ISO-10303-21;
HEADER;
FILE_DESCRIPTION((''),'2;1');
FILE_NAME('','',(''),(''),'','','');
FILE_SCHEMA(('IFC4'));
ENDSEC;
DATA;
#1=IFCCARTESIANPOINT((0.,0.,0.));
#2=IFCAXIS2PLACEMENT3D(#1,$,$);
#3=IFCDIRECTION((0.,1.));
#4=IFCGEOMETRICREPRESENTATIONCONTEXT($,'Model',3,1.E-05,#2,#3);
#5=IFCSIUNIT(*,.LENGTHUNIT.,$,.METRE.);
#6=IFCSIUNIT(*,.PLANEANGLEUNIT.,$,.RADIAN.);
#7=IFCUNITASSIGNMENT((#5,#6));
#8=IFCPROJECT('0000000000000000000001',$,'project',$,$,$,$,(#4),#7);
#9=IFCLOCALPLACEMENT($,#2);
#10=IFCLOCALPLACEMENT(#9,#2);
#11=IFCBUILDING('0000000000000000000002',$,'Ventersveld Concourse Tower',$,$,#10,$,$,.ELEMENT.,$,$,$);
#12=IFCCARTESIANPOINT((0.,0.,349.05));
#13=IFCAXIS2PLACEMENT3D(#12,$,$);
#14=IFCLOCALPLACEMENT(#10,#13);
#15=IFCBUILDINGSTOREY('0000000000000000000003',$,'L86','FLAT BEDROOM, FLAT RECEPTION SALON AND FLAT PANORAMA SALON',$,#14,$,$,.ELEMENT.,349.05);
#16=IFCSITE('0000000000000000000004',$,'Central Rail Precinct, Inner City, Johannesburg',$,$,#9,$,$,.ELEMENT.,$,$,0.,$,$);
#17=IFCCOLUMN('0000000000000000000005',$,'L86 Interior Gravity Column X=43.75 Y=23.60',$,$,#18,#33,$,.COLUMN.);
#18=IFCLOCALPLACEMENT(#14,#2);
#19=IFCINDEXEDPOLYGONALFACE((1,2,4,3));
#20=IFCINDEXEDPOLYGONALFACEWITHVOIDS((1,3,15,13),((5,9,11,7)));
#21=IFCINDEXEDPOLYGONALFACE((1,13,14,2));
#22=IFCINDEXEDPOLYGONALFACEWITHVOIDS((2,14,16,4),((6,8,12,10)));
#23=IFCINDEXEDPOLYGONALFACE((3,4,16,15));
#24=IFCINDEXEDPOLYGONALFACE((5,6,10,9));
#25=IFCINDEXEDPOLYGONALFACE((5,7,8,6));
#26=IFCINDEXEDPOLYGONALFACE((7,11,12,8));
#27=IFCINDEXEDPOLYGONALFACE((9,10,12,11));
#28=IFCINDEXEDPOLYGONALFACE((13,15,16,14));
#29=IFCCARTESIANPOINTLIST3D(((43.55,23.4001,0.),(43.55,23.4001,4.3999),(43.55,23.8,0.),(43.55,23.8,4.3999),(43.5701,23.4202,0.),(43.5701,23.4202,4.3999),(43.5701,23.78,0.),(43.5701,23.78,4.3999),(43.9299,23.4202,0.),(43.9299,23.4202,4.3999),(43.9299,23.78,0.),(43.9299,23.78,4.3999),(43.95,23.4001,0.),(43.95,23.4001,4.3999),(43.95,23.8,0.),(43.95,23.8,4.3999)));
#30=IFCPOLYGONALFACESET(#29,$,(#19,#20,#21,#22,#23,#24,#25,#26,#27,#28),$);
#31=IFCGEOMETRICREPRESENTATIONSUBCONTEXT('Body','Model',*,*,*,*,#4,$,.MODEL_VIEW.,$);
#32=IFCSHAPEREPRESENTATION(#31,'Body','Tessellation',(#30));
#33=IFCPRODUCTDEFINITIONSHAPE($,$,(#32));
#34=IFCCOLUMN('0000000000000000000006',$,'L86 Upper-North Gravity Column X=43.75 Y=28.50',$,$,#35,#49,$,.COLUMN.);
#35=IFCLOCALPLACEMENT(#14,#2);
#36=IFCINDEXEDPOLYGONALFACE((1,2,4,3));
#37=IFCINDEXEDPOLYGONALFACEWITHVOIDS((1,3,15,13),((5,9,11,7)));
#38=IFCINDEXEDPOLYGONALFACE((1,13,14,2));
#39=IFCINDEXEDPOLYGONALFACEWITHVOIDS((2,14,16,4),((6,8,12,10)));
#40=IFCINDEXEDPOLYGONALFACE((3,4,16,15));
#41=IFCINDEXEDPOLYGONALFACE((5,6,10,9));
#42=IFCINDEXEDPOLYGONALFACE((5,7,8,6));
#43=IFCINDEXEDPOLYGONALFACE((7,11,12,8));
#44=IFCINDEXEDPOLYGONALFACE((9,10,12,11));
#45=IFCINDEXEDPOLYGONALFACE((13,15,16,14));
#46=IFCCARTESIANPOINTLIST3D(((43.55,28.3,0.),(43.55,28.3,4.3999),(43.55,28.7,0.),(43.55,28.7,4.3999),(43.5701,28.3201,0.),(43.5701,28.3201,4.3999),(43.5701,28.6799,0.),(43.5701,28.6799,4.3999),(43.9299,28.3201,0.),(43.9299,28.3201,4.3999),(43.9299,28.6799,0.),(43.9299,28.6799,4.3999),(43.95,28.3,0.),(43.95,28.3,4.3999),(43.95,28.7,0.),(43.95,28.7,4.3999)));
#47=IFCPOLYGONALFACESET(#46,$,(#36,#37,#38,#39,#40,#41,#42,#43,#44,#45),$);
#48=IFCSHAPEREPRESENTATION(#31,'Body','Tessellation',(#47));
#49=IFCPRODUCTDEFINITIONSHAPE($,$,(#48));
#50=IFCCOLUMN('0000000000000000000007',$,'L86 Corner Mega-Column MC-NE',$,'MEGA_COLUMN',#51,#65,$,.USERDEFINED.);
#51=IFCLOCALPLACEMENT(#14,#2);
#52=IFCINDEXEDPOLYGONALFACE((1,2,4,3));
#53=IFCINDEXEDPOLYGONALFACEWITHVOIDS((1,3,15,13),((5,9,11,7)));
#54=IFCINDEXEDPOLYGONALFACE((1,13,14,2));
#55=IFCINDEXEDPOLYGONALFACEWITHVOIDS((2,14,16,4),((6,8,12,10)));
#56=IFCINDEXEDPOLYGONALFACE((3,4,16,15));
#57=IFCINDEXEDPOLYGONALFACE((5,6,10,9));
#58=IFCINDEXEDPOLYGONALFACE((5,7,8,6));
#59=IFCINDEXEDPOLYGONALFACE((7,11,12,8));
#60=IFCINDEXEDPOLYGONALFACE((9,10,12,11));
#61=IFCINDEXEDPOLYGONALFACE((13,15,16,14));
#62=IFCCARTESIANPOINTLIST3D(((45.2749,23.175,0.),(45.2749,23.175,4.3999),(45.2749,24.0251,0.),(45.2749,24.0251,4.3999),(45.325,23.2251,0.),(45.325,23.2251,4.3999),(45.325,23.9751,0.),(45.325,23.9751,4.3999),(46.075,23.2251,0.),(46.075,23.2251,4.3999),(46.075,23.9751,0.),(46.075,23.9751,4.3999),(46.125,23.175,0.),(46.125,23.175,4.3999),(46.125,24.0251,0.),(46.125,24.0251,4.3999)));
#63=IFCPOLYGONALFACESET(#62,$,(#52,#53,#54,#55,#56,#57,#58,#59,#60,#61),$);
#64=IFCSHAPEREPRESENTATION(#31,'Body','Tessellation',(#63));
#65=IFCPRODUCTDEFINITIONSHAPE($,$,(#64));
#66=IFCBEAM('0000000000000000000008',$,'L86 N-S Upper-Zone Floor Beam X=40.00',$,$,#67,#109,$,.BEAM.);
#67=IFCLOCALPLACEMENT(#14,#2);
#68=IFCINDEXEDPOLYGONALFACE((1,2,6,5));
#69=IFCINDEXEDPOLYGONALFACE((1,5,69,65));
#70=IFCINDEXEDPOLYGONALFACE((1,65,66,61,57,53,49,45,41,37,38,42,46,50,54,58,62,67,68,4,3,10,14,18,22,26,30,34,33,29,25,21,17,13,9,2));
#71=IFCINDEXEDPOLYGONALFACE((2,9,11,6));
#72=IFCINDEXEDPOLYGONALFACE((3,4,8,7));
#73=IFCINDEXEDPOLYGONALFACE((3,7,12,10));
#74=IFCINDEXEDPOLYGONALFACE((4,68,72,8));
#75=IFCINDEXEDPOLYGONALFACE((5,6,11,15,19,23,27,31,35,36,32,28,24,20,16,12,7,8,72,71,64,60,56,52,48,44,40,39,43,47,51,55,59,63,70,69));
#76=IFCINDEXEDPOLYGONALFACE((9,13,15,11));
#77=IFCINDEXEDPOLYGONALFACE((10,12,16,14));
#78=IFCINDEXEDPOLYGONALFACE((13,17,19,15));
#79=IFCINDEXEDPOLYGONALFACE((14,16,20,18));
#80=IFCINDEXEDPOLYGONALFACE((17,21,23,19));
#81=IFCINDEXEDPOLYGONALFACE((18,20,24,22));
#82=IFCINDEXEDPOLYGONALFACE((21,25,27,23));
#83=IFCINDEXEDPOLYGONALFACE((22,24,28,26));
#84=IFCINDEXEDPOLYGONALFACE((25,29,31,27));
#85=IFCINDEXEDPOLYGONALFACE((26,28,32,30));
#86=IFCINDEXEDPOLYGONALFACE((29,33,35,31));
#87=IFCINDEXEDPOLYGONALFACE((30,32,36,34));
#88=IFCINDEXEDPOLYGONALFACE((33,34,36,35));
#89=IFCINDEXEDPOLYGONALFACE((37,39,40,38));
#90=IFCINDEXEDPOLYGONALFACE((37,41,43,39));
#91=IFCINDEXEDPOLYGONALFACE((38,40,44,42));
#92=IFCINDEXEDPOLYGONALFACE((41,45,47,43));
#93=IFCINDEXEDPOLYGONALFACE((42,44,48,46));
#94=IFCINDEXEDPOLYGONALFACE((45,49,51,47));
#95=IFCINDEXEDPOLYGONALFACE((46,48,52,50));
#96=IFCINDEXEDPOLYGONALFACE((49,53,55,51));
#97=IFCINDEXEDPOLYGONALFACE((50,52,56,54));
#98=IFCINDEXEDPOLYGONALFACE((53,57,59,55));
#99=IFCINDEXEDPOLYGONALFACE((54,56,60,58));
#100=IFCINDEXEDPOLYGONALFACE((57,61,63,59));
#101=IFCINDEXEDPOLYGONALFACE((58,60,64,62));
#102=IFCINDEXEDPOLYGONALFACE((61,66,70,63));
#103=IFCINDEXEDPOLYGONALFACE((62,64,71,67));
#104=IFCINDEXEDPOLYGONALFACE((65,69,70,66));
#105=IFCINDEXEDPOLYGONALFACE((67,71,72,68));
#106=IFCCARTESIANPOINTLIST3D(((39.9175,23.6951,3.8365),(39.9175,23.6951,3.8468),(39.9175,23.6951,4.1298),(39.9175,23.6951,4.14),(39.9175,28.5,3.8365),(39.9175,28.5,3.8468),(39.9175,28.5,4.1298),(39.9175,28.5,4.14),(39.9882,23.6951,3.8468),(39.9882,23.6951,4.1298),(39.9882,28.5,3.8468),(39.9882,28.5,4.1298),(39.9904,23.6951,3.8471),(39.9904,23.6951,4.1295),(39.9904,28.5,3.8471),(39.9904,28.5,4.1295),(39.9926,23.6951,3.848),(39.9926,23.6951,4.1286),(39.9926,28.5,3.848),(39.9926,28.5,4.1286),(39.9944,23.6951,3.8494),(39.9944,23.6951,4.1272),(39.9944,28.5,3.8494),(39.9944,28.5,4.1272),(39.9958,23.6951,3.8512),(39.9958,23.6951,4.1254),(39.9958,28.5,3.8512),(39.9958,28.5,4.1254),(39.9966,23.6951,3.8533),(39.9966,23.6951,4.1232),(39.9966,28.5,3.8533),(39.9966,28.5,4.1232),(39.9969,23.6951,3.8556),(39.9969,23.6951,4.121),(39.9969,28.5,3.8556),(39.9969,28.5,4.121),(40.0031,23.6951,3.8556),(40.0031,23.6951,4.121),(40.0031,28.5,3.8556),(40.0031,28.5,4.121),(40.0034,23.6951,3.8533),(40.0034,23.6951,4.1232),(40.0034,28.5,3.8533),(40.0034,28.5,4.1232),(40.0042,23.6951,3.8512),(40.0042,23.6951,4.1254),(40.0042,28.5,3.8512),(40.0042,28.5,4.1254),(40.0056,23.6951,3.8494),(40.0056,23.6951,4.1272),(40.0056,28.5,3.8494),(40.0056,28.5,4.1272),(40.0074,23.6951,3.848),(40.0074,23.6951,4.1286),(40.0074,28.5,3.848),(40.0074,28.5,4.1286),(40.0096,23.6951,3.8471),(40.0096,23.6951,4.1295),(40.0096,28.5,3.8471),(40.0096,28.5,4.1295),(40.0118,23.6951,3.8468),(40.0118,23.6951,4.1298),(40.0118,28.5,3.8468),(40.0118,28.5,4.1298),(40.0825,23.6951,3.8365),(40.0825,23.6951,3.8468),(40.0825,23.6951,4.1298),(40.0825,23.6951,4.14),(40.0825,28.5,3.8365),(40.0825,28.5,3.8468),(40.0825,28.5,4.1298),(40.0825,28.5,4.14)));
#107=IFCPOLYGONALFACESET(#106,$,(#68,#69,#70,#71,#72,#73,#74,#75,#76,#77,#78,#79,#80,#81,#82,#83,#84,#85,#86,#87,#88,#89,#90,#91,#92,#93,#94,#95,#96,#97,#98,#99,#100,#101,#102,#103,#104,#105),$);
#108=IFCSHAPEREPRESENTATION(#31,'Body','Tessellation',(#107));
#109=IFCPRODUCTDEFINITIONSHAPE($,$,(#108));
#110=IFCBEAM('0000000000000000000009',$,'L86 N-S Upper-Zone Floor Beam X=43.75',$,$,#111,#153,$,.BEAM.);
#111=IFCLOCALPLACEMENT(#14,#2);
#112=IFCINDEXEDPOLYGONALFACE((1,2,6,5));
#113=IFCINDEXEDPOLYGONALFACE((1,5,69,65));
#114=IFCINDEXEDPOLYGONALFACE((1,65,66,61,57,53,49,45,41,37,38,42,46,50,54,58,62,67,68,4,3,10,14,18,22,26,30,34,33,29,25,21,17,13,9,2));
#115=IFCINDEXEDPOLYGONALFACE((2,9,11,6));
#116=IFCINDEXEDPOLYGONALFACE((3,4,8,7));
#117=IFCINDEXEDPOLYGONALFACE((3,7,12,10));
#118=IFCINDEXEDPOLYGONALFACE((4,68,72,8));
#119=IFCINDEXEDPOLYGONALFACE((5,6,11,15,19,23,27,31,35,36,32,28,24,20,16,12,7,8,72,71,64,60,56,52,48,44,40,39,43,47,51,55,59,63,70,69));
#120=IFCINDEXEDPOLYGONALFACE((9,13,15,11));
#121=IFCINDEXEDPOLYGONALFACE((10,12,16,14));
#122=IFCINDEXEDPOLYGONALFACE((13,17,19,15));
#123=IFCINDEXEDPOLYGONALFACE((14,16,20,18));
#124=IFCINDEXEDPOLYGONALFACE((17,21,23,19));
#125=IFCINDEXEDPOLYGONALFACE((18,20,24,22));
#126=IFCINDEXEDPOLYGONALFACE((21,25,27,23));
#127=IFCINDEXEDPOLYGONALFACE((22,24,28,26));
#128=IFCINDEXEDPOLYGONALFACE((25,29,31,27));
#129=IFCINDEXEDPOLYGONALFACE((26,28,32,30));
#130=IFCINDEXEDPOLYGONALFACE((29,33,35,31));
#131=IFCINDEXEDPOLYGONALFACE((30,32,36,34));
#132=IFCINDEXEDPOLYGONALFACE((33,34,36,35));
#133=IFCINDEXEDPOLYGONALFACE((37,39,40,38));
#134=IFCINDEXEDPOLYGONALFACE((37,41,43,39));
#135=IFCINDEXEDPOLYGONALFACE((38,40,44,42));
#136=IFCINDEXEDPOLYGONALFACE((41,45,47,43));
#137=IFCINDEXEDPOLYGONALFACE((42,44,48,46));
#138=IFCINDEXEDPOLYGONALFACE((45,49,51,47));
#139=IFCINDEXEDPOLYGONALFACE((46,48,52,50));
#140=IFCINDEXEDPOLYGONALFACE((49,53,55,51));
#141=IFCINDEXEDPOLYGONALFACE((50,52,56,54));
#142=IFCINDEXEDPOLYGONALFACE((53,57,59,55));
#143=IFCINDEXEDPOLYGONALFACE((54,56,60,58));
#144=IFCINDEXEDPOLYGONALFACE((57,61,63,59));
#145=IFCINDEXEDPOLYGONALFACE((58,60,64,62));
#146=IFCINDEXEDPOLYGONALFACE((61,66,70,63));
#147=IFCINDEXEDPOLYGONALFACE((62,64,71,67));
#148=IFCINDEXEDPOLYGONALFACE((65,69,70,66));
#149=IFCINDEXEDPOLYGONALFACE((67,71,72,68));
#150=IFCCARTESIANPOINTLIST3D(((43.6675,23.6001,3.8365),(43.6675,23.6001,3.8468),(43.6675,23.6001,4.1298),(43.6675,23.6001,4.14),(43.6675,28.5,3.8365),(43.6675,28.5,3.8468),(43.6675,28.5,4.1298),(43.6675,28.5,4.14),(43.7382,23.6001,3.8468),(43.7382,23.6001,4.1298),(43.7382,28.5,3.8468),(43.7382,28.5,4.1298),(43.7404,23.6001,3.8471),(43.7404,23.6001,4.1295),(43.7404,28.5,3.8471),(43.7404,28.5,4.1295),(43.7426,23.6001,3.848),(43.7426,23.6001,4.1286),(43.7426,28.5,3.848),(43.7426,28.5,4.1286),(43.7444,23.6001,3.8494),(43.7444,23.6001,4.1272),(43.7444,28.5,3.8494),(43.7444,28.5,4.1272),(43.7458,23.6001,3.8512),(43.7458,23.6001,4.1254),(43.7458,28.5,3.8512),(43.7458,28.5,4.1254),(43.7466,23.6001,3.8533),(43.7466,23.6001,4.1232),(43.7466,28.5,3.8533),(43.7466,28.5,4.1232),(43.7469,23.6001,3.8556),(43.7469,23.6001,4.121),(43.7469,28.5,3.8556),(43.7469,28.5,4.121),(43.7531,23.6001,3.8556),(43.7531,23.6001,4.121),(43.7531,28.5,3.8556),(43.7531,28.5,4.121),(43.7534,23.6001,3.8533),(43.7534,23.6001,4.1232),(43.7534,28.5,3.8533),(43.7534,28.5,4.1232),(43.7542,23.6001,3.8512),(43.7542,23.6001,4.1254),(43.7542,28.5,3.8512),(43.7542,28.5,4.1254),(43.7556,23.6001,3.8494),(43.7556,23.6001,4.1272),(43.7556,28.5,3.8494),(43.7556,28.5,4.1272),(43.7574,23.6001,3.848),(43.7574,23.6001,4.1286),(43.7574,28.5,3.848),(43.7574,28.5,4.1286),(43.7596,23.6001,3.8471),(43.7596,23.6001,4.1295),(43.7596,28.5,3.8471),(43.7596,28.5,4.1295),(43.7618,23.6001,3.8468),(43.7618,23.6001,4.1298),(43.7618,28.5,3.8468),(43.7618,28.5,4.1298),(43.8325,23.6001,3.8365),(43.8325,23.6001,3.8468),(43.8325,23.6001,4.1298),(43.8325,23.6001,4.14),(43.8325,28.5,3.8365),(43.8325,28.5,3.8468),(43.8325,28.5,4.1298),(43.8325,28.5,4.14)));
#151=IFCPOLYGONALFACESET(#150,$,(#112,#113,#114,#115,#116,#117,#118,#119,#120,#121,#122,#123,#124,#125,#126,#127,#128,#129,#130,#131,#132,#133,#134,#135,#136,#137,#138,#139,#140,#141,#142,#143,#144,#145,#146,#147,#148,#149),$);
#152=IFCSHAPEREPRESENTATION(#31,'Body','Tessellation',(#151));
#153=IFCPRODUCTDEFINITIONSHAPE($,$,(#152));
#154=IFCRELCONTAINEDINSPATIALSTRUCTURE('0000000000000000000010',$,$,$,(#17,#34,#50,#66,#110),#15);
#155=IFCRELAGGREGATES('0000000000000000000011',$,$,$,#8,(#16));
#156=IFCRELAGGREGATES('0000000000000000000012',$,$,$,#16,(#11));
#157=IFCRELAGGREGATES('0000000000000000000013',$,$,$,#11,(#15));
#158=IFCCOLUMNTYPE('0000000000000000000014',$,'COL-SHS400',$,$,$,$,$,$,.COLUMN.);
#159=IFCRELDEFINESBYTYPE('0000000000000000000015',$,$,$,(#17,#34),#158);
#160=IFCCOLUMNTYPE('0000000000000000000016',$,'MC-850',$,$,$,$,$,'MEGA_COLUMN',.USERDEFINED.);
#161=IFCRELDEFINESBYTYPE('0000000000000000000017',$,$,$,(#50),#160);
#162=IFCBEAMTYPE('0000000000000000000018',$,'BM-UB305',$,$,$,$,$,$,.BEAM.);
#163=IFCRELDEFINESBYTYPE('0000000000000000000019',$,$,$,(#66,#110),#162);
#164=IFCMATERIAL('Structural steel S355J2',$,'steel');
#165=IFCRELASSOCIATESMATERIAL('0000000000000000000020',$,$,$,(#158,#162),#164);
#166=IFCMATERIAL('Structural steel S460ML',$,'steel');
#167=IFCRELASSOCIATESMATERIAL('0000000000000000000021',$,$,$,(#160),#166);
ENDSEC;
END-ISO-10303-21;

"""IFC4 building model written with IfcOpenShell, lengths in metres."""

from ifc_helpers import new_model, si_unit, direction, frame, origin, origin_2d, place, context, subcontext, project, spatial, hollow_rectangle, i_section, extrude, material, material_profile, profile_set, type_object, element, save


model = new_model("IFC4")

# Units and contexts
model_context = context("Model", 3, precision=1e-05, world=origin(), true_north=direction((0.0, 1.0)))
body_context = subcontext(model_context, "Body", "Model", "MODEL_VIEW")
ifc_project = project(units=[si_unit("LENGTHUNIT", "METRE"), si_unit("PLANEANGLEUNIT", "RADIAN")], contexts=[model_context])

# Site, building, storey
site_placement = place(None, origin())
site = spatial("IfcSite", under=ifc_project, at=site_placement, Name="Central Rail Precinct, Inner City, Johannesburg", CompositionType="ELEMENT", RefElevation=0.0)
building_placement = place(site_placement, origin())
building = spatial("IfcBuilding", under=site, at=building_placement, Name="Ventersveld Concourse Tower", CompositionType="ELEMENT")
storey_placement = place(building_placement, frame((0.0, 0.0, 349.05)))
storey = spatial("IfcBuildingStorey", under=building, at=storey_placement, Name="L86", Description="FLAT BEDROOM, FLAT RECEPTION SALON AND FLAT PANORAMA SALON", CompositionType="ELEMENT", Elevation=349.05)

# Columns
ifc_material_1 = material(Name="Structural steel S355J2", Category="steel")
ifc_material_profile_1 = material_profile(ifc_material_1, hollow_rectangle(XDim=0.3999, YDim=0.3999, WallThickness=0.02, at=origin_2d()), Name="SHS 400x400x20")
ifc_profile_set_1 = profile_set([ifc_material_profile_1], Name="Structural steel S355J2")
column_type_1 = type_object("IfcColumnType", Name="COL-SHS400", PredefinedType="COLUMN", material=ifc_profile_set_1)
for number, where, z_axis, x_axis, name in (
    (1, (43.75, 23.6001, 0.0), (0.0, 0.0, 1.0), (1.0, 0.0, 0.0), "L86 Interior Gravity Column X=43.75 Y=23.60"),
    (2, (43.75, 28.5, 0.0), (0.0, 0.0, 1.0), (1.0, 0.0, 0.0), "L86 Upper-North Gravity Column X=43.75 Y=28.50"),
):
    element("IfcColumn", number, at=place(storey_placement, frame(where, z_axis=z_axis, x_axis=x_axis)), inside=storey, type_object=column_type_1, Name=name, PredefinedType="COLUMN", context=body_context, shape_type="SweptSolid", body=[
        extrude(hollow_rectangle(XDim=0.3999, YDim=0.3999, WallThickness=0.02, at=origin_2d()), origin(), (0.0, 0.0, 1.0), 4.3999),
    ])
ifc_material_2 = material(Name="Structural steel S460ML", Category="steel")
ifc_material_profile_2 = material_profile(ifc_material_2, hollow_rectangle(XDim=0.8501, YDim=0.8501, WallThickness=0.05, at=origin_2d()), Name="BOX 850x850x50")
ifc_profile_set_2 = profile_set([ifc_material_profile_2], Name="Structural steel S460ML")
column_type_2 = type_object("IfcColumnType", Name="MC-850", ElementType="MEGA_COLUMN", PredefinedType="USERDEFINED", material=ifc_profile_set_2)
column_placement = place(storey_placement, frame((45.7, 23.6001, 0.0), z_axis=(0.0, 0.0, 1.0), x_axis=(1.0, 0.0, 0.0)))
element("IfcColumn", 3, at=column_placement, inside=storey, type_object=column_type_2, Name="L86 Corner Mega-Column MC-NE", ObjectType="MEGA_COLUMN", PredefinedType="USERDEFINED", context=body_context, shape_type="SweptSolid", body=[
    extrude(hollow_rectangle(XDim=0.8501, YDim=0.8501, WallThickness=0.05, at=origin_2d()), origin(), (0.0, 0.0, 1.0), 4.3999),
])

# Beams
ifc_material_profile_3 = material_profile(ifc_material_1, i_section(OverallWidth=0.165, OverallDepth=0.3035, WebThickness=0.0061, FlangeThickness=0.0103, FilletRadius=0.0088, at=origin_2d()), Name="UB 305x165x40")
ifc_profile_set_3 = profile_set([ifc_material_profile_3], Name="Structural steel S355J2")
beam_type_1 = type_object("IfcBeamType", Name="BM-UB305", PredefinedType="BEAM", material=ifc_profile_set_3)
beam_1_placement = place(storey_placement, frame((40.0, 23.6951, 3.9883), z_axis=(0.0, 1.0, 0.0), x_axis=(-1.0, 0.0, 0.0)))
element("IfcBeam", 4, at=beam_1_placement, inside=storey, type_object=beam_type_1, Name="L86 N-S Upper-Zone Floor Beam X=40.00", PredefinedType="BEAM", context=body_context, shape_type="SweptSolid", body=[
    extrude(i_section(OverallWidth=0.165, OverallDepth=0.3035, WebThickness=0.0061, FlangeThickness=0.0103, FilletRadius=0.0088, at=origin_2d()), origin(), (0.0, 0.0, 1.0), 4.8049),
])
beam_2_placement = place(storey_placement, frame((43.75, 23.6001, 3.9883), z_axis=(0.0, 1.0, 0.0), x_axis=(-1.0, 0.0, 0.0)))
element("IfcBeam", 5, at=beam_2_placement, inside=storey, type_object=beam_type_1, Name="L86 N-S Upper-Zone Floor Beam X=43.75", PredefinedType="BEAM", context=body_context, shape_type="SweptSolid", body=[
    extrude(i_section(OverallWidth=0.165, OverallDepth=0.3035, WebThickness=0.0061, FlangeThickness=0.0103, FilletRadius=0.0088, at=origin_2d()), origin(), (0.0, 0.0, 1.0), 4.8999),
])

save(model, "model.ifc")
